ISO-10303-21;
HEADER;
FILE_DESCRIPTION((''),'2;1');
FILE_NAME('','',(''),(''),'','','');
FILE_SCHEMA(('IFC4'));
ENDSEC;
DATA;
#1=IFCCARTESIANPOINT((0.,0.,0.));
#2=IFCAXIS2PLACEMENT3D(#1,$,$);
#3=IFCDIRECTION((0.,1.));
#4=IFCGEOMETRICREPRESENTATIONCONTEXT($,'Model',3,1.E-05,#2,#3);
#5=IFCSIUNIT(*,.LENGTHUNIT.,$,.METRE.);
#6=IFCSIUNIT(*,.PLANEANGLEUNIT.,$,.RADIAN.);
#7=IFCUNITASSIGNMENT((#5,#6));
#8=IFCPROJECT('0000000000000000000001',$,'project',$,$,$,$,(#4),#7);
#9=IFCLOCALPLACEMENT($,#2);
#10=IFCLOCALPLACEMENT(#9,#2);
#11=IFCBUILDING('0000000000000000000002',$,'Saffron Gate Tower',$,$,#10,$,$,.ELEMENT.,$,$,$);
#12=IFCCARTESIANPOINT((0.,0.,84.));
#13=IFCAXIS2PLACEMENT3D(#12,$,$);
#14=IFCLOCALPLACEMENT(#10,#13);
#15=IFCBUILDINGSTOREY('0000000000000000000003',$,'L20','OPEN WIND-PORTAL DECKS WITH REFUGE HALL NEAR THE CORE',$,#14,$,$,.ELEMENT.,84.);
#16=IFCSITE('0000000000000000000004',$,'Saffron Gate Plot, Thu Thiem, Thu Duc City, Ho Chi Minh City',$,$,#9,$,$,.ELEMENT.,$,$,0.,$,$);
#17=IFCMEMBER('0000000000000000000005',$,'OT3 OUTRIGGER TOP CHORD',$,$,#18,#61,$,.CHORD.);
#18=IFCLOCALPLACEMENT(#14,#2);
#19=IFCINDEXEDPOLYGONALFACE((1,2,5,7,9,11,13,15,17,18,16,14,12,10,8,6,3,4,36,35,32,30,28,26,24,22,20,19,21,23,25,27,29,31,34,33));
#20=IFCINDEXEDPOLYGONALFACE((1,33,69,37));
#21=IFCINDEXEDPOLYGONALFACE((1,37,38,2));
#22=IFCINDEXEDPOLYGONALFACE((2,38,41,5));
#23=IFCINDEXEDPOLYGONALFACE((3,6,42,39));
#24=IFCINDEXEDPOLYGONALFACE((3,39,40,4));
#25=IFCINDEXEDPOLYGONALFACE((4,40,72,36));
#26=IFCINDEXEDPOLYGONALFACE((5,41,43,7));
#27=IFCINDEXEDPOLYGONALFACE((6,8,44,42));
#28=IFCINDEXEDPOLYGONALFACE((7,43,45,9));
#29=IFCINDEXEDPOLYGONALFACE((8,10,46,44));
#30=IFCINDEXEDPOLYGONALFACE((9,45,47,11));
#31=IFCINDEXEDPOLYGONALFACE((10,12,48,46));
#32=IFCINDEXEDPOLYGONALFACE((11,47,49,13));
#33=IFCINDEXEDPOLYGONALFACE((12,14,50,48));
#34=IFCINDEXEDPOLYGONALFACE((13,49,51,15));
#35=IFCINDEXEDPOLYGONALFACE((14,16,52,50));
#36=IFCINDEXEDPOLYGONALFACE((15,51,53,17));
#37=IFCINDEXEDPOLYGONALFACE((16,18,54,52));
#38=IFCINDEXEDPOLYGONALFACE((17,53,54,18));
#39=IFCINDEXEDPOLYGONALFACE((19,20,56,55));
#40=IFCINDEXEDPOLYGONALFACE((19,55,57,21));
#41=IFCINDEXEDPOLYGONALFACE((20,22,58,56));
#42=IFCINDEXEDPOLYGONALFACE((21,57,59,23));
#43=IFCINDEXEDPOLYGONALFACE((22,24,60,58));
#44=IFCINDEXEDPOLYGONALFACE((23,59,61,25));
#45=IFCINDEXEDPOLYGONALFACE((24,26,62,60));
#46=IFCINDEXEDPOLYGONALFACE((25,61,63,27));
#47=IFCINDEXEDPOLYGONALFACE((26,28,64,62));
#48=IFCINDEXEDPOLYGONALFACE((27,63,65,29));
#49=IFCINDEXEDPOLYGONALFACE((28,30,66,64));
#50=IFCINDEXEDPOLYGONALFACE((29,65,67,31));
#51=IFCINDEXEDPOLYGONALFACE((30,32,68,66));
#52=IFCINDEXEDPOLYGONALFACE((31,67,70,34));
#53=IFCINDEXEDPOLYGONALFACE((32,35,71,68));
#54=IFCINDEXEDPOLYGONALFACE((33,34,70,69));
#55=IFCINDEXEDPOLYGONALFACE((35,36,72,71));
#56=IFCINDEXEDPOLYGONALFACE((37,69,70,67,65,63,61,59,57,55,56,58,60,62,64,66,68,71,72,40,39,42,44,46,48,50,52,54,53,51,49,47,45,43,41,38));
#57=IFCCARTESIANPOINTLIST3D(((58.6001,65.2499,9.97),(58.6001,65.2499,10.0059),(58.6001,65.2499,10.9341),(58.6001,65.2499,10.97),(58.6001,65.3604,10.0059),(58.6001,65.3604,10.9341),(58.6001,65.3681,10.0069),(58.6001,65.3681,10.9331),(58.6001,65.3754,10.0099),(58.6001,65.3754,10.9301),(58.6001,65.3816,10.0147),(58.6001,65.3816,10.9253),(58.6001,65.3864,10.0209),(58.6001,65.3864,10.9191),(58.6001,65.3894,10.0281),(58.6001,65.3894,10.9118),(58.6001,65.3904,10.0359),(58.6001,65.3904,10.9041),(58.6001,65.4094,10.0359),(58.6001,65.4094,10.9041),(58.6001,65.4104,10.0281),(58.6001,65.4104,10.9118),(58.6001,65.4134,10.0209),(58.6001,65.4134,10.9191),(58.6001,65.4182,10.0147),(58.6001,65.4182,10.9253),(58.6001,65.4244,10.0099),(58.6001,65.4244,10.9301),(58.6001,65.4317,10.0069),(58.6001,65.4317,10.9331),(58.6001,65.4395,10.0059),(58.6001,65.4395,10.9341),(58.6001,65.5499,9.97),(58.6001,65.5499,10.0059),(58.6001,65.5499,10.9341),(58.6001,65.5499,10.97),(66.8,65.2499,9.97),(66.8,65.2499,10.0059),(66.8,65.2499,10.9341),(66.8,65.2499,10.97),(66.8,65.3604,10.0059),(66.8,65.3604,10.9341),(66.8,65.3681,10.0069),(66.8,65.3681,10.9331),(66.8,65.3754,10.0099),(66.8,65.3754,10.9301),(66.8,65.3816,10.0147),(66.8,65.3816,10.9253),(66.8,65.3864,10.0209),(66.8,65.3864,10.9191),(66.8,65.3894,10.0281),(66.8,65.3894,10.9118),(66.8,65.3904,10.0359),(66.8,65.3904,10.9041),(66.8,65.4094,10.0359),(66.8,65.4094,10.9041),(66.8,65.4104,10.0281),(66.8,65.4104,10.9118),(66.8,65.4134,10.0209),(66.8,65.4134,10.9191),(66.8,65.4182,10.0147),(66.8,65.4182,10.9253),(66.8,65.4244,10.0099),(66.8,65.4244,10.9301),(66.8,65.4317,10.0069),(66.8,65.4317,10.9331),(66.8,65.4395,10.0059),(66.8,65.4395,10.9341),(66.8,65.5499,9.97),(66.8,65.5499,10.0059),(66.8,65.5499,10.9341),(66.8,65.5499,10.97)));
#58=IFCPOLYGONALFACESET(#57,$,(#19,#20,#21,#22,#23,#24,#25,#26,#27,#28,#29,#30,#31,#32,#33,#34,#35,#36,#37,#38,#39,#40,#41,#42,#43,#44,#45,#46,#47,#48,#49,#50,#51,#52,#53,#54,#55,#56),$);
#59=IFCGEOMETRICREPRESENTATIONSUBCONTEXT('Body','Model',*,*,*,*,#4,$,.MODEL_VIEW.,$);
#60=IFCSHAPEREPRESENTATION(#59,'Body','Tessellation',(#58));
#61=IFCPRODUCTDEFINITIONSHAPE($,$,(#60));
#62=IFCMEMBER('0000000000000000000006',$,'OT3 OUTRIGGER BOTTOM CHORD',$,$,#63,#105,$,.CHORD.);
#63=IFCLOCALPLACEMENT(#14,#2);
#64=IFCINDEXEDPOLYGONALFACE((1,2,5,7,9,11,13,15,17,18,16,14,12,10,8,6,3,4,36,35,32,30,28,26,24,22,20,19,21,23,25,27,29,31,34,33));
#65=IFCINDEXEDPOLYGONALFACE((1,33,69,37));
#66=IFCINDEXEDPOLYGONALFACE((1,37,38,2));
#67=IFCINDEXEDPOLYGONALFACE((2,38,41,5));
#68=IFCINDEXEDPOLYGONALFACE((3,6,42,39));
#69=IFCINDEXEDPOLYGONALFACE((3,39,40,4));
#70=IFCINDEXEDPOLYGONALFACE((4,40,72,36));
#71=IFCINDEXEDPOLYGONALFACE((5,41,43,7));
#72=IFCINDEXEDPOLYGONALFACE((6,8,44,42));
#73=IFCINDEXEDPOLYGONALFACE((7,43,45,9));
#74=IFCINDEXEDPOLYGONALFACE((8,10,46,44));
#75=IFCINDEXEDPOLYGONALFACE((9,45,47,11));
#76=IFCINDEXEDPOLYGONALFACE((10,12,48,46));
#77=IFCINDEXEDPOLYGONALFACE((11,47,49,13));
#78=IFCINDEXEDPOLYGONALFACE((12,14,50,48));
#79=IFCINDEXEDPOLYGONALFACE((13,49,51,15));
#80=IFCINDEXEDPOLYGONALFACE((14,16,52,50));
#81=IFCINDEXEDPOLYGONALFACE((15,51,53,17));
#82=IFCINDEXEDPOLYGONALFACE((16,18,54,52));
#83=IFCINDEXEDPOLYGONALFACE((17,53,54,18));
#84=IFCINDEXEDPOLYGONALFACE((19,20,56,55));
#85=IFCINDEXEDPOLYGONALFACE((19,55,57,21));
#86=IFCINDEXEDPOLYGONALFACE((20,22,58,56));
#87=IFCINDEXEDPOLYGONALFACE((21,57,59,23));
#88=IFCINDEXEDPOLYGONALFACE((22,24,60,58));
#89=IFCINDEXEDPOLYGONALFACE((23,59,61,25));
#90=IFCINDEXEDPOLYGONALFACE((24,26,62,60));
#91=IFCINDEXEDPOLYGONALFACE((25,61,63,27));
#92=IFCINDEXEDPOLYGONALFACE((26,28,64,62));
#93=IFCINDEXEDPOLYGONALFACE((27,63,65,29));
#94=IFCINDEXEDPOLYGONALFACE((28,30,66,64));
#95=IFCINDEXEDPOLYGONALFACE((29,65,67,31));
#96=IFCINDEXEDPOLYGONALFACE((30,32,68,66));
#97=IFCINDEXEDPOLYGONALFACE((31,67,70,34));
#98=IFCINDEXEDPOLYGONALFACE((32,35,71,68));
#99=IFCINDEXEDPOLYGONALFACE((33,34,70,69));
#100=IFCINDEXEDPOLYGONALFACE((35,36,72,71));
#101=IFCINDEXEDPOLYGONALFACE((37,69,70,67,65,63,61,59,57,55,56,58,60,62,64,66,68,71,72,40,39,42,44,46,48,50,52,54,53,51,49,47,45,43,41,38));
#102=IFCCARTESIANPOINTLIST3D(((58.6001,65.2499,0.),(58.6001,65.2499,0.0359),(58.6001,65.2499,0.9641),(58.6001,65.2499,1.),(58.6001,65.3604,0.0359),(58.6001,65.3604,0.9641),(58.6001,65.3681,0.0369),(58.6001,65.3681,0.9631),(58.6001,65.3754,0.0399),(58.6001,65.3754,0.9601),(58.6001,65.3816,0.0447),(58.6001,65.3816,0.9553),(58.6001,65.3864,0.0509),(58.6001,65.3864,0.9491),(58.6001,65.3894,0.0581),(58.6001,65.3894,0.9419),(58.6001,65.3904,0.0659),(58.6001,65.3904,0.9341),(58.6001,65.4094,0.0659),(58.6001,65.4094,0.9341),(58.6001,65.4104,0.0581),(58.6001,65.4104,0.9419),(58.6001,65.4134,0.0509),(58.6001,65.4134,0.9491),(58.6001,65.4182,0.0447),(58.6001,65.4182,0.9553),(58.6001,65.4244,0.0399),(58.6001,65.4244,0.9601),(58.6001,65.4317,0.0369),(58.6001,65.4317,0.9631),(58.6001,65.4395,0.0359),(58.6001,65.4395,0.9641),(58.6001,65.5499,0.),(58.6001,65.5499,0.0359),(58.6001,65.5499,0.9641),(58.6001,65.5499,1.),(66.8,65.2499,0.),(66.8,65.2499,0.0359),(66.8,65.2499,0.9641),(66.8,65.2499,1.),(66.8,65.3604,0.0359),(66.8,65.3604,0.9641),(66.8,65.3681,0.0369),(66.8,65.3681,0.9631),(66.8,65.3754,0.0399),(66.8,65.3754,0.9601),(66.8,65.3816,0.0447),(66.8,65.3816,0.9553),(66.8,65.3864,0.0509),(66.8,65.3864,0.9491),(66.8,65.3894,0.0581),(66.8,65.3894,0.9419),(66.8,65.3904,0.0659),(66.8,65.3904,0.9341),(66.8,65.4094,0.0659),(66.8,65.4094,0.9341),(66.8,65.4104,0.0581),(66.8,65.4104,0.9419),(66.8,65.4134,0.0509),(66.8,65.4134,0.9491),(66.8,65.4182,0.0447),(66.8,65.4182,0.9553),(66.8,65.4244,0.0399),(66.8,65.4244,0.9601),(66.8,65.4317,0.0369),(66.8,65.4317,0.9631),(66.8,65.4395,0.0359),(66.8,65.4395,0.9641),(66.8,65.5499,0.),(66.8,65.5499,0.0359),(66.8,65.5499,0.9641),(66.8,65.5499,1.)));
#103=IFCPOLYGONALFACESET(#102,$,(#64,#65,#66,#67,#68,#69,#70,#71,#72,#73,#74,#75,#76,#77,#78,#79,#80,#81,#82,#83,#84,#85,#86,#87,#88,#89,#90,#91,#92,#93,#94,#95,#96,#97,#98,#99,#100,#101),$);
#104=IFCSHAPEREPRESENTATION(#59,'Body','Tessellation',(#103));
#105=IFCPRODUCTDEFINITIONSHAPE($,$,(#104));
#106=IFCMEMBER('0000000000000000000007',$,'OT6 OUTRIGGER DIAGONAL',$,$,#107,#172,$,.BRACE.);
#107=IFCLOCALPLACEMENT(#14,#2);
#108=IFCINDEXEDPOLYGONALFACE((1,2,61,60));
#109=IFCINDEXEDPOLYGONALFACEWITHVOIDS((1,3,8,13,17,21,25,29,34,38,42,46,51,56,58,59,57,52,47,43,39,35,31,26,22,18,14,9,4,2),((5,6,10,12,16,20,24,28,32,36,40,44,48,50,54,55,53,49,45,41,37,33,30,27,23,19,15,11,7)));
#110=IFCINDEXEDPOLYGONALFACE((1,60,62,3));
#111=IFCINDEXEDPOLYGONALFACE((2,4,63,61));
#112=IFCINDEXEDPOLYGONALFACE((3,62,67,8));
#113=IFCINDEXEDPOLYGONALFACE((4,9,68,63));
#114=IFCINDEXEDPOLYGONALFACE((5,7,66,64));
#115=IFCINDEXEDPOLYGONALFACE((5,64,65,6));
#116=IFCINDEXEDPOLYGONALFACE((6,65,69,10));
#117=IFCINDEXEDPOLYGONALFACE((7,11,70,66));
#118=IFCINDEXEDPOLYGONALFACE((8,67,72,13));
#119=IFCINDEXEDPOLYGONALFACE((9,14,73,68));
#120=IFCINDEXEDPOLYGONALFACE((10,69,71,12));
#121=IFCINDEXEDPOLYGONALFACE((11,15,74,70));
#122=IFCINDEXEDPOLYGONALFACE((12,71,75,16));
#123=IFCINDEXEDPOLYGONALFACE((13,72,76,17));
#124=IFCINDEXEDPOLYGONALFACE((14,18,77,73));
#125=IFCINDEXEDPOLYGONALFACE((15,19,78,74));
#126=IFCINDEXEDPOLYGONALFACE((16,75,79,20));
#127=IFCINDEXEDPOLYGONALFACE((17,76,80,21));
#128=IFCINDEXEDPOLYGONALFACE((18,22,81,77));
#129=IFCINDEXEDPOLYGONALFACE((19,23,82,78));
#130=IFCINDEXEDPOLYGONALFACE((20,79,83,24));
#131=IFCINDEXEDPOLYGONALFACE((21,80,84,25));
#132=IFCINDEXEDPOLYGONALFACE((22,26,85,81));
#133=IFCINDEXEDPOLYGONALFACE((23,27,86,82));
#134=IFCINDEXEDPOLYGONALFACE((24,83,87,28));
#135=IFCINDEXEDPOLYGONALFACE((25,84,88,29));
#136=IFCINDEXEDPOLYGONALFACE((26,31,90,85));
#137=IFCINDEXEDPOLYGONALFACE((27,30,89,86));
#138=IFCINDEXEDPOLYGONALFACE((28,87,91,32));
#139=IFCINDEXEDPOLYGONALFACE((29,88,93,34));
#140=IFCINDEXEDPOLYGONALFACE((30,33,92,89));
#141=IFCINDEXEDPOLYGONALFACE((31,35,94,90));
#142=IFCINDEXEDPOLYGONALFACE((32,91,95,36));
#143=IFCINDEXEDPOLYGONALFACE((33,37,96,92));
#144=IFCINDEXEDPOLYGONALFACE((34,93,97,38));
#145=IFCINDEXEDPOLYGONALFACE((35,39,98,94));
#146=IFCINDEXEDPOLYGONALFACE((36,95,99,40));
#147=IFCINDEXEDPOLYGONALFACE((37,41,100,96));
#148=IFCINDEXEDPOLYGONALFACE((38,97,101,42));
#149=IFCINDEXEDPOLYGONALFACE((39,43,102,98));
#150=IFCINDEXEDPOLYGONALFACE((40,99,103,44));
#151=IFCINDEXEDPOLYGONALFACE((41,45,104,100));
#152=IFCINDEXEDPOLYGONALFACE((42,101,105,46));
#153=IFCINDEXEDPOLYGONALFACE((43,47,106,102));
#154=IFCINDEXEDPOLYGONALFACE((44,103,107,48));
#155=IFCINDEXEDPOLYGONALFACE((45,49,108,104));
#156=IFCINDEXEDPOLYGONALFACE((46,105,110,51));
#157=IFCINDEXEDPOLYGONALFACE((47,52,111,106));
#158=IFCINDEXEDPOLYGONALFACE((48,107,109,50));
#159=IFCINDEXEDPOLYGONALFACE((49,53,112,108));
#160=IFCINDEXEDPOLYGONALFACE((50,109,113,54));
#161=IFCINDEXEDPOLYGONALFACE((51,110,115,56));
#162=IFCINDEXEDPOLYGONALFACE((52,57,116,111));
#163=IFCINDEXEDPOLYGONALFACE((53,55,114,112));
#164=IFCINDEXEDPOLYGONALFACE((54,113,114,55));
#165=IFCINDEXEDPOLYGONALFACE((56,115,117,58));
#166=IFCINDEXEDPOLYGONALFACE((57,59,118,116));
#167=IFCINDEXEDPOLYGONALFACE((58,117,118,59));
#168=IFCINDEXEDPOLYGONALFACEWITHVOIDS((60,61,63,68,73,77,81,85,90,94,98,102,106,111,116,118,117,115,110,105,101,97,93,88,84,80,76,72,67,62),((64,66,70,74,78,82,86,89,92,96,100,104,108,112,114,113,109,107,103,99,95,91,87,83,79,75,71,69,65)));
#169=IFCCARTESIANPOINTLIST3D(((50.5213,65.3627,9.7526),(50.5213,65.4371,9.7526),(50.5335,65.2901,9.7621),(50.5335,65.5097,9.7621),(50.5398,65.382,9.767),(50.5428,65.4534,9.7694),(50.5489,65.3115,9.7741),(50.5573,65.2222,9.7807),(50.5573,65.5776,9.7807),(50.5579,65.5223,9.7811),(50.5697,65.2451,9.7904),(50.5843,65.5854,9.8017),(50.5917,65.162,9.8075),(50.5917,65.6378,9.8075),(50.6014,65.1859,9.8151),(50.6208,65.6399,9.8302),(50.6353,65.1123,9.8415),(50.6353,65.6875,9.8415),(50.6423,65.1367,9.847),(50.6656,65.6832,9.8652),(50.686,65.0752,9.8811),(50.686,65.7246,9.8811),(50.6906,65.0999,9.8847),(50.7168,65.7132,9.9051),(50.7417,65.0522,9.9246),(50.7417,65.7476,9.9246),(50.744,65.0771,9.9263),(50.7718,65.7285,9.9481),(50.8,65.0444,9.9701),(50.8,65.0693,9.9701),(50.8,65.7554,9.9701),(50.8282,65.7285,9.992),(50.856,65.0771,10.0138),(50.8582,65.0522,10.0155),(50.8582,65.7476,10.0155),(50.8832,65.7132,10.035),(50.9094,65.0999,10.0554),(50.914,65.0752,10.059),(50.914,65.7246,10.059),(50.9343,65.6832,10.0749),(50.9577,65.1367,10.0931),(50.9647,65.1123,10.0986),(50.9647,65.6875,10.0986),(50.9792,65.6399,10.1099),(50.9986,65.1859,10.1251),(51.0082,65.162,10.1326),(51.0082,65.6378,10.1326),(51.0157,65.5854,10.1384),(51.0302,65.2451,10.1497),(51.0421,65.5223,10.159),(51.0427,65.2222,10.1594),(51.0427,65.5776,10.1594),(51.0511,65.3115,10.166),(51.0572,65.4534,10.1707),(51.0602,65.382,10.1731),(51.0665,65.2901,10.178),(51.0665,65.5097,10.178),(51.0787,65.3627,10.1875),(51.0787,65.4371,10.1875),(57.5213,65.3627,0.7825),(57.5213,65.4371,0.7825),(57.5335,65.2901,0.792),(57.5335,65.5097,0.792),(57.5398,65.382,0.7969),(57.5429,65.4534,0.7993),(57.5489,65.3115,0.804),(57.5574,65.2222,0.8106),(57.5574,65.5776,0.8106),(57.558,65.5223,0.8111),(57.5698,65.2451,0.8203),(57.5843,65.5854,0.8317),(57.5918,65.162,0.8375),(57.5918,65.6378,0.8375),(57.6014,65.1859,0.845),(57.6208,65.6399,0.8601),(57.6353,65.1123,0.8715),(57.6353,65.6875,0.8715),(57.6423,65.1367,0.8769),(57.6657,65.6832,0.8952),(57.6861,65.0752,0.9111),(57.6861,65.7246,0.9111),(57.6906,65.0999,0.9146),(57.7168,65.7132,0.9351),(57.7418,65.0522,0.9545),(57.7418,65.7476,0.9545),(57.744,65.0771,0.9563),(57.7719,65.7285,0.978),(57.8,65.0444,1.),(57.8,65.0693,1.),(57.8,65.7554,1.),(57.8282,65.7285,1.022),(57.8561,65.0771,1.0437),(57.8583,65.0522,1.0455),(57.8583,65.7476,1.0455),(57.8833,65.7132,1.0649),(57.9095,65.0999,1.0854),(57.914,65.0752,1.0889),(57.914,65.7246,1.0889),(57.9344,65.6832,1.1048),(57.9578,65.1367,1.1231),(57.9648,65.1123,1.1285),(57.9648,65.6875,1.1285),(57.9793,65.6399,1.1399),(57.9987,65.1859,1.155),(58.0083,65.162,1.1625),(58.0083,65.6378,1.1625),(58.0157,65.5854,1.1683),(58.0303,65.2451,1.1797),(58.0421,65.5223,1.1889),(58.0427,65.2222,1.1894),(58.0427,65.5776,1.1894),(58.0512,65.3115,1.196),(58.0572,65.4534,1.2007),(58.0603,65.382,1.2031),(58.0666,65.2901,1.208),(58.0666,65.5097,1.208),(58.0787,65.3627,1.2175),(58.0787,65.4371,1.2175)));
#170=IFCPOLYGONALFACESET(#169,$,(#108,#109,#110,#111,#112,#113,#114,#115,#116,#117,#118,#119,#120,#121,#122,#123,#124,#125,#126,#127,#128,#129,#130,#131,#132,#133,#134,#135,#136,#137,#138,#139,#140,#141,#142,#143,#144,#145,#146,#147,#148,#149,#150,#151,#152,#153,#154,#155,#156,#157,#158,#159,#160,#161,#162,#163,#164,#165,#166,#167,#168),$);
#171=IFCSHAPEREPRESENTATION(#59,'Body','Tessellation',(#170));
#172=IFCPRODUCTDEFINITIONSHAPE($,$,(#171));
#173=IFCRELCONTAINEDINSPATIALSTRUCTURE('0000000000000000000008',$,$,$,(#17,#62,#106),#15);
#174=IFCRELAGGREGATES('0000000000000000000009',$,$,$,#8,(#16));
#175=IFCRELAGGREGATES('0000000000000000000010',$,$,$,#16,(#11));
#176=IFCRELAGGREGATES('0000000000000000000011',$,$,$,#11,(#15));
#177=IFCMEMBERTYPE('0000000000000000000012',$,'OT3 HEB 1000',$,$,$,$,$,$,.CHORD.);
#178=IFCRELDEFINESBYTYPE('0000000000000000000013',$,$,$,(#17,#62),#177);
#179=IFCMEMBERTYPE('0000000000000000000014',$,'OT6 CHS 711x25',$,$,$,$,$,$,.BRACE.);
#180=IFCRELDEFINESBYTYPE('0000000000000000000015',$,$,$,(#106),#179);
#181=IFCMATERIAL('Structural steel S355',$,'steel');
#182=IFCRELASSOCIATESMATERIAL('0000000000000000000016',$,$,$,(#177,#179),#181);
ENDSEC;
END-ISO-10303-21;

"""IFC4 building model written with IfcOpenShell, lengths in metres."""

from ifc_helpers import new_model, si_unit, direction, frame, origin, origin_2d, place, context, subcontext, project, spatial, hollow_circle, i_section, extrude, material, material_profile, profile_set, type_object, element, save


model = new_model("IFC4")

# Units and contexts
model_context = context("Model", 3, precision=1e-05, world=origin(), true_north=direction((0.0, 1.0)))
body_context = subcontext(model_context, "Body", "Model", "MODEL_VIEW")
ifc_project = project(units=[si_unit("LENGTHUNIT", "METRE"), si_unit("PLANEANGLEUNIT", "RADIAN")], contexts=[model_context])

# Site, building, storey
site_placement = place(None, origin())
site = spatial("IfcSite", under=ifc_project, at=site_placement, Name="Saffron Gate Plot, Thu Thiem, Thu Duc City, Ho Chi Minh City", CompositionType="ELEMENT", RefElevation=0.0)
building_placement = place(site_placement, origin())
building = spatial("IfcBuilding", under=site, at=building_placement, Name="Saffron Gate Tower", CompositionType="ELEMENT")
storey_placement = place(building_placement, frame((0.0, 0.0, 84.0)))
storey = spatial("IfcBuildingStorey", under=building, at=storey_placement, Name="L20", Description="OPEN WIND-PORTAL DECKS WITH REFUGE HALL NEAR THE CORE", CompositionType="ELEMENT", Elevation=84.0)

# Members
ifc_material_1 = material(Name="Structural steel S355", Category="steel")
ifc_material_profile_1 = material_profile(ifc_material_1, i_section(OverallWidth=0.3, OverallDepth=1.0, WebThickness=0.019, FlangeThickness=0.0359, FilletRadius=0.03, at=origin_2d()))
ifc_profile_set_1 = profile_set([ifc_material_profile_1], Name="Structural steel S355")
member_type_1 = type_object("IfcMemberType", Name="OT3 HEB 1000", PredefinedType="CHORD", material=ifc_profile_set_1)
for number, where, z_axis, x_axis, name in (
    (1, (58.6001, 65.3999, 10.47), (1.0, 0.0, 0.0), (0.0, 1.0, 0.0), "OT3 OUTRIGGER TOP CHORD"),
    (2, (58.6001, 65.3999, 0.5), (1.0, 0.0, 0.0), (0.0, 1.0, 0.0), "OT3 OUTRIGGER BOTTOM CHORD"),
):
    element("IfcMember", number, at=place(storey_placement, frame(where, z_axis=z_axis, x_axis=x_axis)), inside=storey, type_object=member_type_1, Name=name, PredefinedType="CHORD", context=body_context, shape_type="SweptSolid", body=[
        extrude(i_section(OverallWidth=0.3, OverallDepth=1.0, WebThickness=0.019, FlangeThickness=0.0359, FilletRadius=0.03, at=origin_2d()), origin(), (0.0, 0.0, 1.0), 8.2),
    ])
ifc_material_profile_2 = material_profile(ifc_material_1, hollow_circle(Radius=0.3555, WallThickness=0.0249, at=origin_2d()))
ifc_profile_set_2 = profile_set([ifc_material_profile_2], Name="Structural steel S355")
member_type_2 = type_object("IfcMemberType", Name="OT6 CHS 711x25", PredefinedType="BRACE", material=ifc_profile_set_2)
member_1_placement = place(storey_placement, frame((57.8, 65.3999, 1.0), z_axis=(-0.615219, 0.0, 0.788356), x_axis=(0.0, -1.0, 0.0)))
element("IfcMember", 3, at=member_1_placement, inside=storey, type_object=member_type_2, Name="OT6 OUTRIGGER DIAGONAL", PredefinedType="BRACE", context=body_context, shape_type="SweptSolid", body=[
    extrude(hollow_circle(Radius=0.3555, WallThickness=0.0249, at=origin_2d()), origin(), (0.0, 0.0, 1.0), 11.3782),
])

save(model, "model.ifc")
